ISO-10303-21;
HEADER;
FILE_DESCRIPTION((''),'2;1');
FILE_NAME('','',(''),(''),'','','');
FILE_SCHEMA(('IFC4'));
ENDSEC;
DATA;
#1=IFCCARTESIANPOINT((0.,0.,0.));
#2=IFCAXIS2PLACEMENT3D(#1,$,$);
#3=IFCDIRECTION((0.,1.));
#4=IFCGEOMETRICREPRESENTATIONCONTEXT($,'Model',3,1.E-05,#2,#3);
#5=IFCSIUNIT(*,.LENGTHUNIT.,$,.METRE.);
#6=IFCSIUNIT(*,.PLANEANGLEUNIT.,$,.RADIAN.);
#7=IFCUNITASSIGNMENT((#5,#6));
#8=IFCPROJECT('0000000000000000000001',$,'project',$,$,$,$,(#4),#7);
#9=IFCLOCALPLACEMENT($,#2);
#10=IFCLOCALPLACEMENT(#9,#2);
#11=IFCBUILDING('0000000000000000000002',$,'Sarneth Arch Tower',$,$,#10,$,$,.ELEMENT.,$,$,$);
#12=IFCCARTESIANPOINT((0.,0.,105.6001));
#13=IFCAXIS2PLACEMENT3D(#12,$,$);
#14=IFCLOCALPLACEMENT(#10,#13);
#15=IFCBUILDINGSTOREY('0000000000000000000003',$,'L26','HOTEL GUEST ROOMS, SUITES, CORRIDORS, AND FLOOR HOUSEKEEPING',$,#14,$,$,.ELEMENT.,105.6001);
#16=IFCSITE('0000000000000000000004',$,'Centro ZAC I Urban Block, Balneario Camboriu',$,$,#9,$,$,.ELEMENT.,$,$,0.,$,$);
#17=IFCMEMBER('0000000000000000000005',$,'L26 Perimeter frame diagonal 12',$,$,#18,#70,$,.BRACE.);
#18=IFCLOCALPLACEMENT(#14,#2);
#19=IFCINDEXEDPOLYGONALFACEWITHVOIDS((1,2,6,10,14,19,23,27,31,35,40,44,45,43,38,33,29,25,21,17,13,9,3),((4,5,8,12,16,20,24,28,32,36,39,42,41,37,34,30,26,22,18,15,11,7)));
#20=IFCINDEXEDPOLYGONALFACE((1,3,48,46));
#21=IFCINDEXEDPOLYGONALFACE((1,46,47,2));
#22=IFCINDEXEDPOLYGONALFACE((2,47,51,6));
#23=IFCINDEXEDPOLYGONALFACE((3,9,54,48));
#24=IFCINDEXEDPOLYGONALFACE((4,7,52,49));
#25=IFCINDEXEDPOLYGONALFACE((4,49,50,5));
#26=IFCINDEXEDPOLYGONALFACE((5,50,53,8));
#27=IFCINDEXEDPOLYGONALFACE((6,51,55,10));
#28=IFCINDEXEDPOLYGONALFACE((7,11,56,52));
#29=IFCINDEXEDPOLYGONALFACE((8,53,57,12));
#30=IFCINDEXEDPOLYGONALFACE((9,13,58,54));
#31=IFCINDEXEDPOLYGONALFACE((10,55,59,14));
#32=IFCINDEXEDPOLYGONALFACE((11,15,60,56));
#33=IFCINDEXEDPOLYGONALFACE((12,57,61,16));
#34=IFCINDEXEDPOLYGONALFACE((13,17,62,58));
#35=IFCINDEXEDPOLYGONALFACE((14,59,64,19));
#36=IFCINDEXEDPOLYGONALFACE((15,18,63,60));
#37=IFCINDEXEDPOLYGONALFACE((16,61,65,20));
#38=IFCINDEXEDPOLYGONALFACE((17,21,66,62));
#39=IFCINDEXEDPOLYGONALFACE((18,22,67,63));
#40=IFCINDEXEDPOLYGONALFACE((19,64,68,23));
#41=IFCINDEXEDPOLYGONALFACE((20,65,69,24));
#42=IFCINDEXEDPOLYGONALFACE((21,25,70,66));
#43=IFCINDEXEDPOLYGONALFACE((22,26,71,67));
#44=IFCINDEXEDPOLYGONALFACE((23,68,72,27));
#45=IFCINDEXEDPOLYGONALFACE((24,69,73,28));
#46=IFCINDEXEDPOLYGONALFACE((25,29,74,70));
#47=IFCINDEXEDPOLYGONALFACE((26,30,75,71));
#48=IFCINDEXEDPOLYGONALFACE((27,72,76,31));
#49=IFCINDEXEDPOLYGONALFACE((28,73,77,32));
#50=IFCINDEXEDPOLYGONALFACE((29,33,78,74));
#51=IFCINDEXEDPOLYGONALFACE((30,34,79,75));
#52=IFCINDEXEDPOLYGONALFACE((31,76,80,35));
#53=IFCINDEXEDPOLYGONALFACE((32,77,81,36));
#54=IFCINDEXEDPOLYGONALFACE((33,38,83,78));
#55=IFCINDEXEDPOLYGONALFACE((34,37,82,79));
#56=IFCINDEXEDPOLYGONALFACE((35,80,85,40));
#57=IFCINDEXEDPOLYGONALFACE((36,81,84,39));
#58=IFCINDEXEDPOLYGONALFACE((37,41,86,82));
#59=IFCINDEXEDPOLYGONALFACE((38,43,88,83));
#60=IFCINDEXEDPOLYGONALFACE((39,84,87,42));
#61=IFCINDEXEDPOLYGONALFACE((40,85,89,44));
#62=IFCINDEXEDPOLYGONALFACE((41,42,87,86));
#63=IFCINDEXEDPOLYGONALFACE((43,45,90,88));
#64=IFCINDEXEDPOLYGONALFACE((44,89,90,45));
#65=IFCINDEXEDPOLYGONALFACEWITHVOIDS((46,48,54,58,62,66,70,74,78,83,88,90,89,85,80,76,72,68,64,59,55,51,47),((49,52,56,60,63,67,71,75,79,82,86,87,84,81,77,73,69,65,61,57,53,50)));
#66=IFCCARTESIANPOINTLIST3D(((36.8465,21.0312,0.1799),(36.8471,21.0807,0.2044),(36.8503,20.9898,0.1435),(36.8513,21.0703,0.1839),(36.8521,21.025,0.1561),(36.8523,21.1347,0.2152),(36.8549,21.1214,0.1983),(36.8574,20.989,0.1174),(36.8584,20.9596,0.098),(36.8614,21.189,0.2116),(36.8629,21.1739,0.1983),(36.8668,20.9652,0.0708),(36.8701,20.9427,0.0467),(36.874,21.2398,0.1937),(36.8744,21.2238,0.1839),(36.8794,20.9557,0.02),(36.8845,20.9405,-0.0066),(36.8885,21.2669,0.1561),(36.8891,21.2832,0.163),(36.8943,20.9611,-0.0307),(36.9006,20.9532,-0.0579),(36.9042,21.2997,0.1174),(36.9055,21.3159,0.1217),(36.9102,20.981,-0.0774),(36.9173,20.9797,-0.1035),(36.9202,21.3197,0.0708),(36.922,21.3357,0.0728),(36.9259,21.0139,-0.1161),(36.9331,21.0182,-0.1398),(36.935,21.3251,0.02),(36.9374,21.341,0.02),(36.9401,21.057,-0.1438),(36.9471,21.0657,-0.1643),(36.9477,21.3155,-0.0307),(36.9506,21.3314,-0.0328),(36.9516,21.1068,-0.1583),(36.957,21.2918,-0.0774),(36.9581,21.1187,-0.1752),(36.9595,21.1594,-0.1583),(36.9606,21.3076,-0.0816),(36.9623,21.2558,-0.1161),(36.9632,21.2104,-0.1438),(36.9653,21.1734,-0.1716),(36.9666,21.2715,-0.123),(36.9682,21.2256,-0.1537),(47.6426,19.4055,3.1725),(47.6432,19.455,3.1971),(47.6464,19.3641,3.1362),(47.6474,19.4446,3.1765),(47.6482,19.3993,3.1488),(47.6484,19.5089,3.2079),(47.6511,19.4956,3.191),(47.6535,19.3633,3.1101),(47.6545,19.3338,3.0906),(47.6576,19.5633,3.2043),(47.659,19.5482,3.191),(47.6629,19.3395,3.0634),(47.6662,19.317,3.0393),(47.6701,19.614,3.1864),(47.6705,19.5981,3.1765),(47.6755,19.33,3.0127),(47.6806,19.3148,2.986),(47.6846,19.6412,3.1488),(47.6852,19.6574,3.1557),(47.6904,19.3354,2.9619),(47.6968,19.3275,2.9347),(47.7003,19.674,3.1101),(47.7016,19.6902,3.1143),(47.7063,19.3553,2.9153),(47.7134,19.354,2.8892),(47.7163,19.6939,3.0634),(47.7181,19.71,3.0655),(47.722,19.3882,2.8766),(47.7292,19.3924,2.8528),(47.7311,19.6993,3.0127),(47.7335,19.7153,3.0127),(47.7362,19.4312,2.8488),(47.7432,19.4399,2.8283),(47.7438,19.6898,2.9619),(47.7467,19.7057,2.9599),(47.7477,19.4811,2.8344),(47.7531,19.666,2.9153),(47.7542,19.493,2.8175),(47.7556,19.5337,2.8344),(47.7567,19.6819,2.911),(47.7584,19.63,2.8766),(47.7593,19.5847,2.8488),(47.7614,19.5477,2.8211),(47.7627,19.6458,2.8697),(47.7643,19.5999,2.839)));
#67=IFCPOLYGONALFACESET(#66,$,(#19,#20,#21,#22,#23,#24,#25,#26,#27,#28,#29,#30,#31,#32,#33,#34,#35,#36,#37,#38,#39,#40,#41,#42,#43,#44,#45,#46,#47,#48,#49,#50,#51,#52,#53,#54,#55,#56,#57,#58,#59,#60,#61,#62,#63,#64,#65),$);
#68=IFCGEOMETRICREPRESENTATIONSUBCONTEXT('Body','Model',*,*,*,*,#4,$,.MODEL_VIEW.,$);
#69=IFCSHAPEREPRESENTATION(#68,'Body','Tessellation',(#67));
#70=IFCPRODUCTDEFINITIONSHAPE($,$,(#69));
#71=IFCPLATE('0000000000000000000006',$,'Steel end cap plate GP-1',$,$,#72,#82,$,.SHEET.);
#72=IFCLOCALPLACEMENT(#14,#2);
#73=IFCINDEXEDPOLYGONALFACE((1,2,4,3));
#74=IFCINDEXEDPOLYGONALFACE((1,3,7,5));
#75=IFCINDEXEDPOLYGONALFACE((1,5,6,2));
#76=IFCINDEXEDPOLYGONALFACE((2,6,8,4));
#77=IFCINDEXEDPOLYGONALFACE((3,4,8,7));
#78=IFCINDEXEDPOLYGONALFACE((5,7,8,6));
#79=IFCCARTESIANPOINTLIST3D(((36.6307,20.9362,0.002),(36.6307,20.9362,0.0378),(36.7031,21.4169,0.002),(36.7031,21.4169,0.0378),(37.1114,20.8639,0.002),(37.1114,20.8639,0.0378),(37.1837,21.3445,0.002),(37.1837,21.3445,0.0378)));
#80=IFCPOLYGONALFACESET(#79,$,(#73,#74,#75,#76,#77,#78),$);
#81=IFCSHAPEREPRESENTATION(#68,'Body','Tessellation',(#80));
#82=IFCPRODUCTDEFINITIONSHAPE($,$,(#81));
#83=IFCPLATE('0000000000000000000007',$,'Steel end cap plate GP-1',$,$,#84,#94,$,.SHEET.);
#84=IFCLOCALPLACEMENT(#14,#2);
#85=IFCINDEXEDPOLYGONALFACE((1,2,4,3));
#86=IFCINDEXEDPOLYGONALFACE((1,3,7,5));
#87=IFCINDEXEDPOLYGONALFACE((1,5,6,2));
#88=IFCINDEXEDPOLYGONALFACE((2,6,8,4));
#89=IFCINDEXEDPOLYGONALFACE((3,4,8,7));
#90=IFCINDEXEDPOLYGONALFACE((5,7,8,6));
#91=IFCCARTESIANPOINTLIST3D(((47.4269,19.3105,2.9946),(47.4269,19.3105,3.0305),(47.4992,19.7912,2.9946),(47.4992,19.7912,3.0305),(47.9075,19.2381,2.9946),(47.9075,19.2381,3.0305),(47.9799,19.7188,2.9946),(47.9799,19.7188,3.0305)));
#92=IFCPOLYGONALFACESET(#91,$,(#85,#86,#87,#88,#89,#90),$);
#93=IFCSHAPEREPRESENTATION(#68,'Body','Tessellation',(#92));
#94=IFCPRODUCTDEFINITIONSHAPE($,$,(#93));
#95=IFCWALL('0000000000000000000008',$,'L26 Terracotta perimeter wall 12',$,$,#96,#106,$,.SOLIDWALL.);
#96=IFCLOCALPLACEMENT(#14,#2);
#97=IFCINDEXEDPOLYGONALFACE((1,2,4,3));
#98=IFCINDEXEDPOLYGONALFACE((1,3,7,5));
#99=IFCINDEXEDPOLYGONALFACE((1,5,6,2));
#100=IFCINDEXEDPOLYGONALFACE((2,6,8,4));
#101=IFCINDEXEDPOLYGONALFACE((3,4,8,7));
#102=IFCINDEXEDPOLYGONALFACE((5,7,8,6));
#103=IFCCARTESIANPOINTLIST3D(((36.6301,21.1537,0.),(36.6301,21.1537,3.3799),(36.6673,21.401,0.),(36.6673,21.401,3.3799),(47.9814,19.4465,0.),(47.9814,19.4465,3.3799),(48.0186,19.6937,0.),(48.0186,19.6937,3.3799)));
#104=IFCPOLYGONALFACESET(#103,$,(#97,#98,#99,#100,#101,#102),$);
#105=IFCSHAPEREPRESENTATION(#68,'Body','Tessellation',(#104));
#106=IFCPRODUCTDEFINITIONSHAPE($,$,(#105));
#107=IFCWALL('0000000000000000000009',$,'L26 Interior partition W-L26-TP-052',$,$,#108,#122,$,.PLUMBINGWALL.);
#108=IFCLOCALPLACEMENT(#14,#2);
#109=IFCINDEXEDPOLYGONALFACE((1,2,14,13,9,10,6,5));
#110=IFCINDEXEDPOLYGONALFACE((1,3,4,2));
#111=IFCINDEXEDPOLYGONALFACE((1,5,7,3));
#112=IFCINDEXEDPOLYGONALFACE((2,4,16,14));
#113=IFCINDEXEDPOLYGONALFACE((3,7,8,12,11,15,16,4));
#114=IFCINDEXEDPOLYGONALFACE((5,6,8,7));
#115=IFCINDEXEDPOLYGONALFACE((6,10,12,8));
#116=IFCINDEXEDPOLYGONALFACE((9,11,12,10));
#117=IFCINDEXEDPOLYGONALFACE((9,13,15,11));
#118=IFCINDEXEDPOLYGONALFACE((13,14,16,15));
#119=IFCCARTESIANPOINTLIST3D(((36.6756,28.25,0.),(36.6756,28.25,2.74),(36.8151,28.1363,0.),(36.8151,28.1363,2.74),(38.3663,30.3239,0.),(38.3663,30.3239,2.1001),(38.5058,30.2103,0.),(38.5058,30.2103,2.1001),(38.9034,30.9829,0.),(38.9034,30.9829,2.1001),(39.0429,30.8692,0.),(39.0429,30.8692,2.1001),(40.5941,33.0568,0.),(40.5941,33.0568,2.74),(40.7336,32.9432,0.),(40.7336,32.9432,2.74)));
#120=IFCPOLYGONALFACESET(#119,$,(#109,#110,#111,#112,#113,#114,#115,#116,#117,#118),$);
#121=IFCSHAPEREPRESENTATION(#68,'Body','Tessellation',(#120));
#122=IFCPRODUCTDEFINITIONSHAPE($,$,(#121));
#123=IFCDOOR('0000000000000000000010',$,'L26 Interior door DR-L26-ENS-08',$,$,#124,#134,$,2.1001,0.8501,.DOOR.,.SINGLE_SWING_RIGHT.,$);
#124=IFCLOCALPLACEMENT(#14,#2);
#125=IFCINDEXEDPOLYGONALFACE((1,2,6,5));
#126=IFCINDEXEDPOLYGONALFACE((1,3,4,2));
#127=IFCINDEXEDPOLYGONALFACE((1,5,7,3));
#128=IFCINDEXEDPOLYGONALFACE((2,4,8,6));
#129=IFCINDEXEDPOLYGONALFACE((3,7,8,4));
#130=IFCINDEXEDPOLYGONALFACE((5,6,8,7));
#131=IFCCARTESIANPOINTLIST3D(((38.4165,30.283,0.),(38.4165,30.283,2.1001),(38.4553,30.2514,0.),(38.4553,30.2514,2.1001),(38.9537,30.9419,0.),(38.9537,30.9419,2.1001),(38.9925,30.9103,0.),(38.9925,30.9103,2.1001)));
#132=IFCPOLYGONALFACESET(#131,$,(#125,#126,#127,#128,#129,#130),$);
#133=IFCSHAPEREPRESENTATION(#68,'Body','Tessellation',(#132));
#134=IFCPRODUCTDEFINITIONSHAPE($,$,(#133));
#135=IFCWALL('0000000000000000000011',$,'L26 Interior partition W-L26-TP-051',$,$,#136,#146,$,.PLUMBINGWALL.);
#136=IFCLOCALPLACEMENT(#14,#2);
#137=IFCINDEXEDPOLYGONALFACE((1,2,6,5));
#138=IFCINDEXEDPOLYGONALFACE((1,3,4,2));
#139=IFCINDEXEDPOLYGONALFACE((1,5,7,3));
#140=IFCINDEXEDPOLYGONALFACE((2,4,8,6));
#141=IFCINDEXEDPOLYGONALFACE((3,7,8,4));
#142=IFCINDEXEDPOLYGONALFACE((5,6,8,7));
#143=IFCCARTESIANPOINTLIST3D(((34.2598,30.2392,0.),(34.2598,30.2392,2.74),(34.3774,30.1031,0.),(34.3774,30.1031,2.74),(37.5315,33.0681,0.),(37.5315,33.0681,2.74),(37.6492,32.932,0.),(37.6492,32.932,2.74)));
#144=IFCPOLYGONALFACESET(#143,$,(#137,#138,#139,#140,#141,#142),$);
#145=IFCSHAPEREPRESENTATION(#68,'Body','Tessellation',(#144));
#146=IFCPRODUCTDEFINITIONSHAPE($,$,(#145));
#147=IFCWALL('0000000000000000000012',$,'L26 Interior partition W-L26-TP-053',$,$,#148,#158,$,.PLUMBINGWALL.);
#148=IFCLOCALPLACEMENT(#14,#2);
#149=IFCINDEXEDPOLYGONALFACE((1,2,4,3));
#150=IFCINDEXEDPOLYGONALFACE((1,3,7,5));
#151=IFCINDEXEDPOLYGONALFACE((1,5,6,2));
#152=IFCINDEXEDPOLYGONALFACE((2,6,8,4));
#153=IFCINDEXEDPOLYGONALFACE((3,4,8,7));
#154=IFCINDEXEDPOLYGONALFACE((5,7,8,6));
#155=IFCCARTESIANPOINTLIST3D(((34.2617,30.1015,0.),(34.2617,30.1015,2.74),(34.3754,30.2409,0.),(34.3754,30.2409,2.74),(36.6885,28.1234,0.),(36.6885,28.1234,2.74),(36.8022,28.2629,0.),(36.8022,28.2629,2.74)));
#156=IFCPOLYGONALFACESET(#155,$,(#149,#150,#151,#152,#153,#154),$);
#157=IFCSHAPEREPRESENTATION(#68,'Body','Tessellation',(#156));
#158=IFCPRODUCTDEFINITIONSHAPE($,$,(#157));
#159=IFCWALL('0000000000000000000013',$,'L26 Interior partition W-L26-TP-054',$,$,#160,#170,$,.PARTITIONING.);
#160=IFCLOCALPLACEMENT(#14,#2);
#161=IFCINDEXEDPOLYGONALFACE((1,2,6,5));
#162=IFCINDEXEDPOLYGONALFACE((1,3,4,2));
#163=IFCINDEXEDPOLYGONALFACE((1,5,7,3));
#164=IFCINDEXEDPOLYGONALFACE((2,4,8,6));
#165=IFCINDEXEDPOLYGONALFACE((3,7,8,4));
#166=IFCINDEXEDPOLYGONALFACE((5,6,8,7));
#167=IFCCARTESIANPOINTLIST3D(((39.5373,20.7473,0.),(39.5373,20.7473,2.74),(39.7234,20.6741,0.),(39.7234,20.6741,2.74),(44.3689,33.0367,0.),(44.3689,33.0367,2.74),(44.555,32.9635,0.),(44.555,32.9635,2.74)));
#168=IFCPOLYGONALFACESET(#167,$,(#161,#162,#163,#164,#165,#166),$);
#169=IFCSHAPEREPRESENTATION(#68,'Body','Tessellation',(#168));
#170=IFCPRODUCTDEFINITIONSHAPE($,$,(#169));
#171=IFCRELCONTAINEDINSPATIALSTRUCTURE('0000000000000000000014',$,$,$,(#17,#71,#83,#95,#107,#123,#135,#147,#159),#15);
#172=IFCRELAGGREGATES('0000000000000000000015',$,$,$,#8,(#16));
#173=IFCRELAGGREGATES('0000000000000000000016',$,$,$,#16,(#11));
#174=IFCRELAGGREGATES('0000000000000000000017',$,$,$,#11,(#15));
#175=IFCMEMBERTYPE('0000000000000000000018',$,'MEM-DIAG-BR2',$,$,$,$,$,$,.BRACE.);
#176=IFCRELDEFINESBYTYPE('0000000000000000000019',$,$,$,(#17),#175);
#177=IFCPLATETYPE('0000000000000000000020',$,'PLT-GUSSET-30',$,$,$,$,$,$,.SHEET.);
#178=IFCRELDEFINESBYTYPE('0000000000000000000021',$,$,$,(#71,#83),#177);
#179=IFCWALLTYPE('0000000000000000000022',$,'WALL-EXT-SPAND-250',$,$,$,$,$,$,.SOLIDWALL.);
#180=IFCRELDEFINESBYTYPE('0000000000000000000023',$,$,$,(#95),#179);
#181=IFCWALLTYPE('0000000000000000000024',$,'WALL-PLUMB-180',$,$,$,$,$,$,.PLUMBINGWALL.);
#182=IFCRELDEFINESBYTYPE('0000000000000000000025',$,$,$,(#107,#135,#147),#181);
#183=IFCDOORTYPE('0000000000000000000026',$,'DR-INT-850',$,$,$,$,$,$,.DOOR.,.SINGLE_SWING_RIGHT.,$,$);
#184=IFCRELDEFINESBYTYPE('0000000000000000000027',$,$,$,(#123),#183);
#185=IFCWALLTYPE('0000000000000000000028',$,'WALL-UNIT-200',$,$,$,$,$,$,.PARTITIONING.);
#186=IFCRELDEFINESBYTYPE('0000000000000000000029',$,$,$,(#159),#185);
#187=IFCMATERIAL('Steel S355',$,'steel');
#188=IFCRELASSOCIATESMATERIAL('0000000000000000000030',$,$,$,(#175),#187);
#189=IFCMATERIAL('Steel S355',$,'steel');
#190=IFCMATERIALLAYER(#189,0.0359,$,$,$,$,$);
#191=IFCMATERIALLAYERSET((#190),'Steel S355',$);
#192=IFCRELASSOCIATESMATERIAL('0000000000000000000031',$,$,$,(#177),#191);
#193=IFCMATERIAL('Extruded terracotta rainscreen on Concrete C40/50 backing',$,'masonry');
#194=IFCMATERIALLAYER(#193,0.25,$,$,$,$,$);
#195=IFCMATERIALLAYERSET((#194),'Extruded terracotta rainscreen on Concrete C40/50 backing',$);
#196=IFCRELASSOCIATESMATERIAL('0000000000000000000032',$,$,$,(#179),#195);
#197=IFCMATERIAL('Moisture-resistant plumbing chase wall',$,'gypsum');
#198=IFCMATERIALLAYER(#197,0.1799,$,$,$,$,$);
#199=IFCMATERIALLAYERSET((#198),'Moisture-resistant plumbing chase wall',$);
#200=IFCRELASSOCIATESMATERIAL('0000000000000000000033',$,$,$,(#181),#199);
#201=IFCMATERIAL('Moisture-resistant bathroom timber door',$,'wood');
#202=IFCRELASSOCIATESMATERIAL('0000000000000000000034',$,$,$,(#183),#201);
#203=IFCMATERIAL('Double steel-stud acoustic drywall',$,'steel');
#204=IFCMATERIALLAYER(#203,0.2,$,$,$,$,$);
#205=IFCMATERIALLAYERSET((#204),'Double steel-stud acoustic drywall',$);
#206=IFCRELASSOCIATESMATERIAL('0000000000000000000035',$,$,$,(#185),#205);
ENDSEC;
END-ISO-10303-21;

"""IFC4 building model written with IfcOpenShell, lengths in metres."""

from ifc_helpers import new_model, si_unit, direction, frame, frame_2d, origin, origin_2d, place, context, subcontext, project, spatial, rectangle, hollow_circle, extrude, material, layer, layer_set, material_profile, profile_set, type_object, element, fill, save


model = new_model("IFC4")

# Units and contexts
model_context = context("Model", 3, precision=1e-05, world=origin(), true_north=direction((0.0, 1.0)))
body_context = subcontext(model_context, "Body", "Model", "MODEL_VIEW")
ifc_project = project(units=[si_unit("LENGTHUNIT", "METRE"), si_unit("PLANEANGLEUNIT", "RADIAN")], contexts=[model_context])

# Site, building, storey
site_placement = place(None, origin())
site = spatial("IfcSite", under=ifc_project, at=site_placement, Name="Centro ZAC I Urban Block, Balneario Camboriu", CompositionType="ELEMENT", RefElevation=0.0)
building_placement = place(site_placement, origin())
building = spatial("IfcBuilding", under=site, at=building_placement, Name="Sarneth Arch Tower", CompositionType="ELEMENT")
storey_placement = place(building_placement, frame((0.0, 0.0, 105.6001)))
storey = spatial("IfcBuildingStorey", under=building, at=storey_placement, Name="L26", Description="HOTEL GUEST ROOMS, SUITES, CORRIDORS, AND FLOOR HOUSEKEEPING", CompositionType="ELEMENT", Elevation=105.6001)

# Member
ifc_material_1 = material(Name="Steel S355", Category="steel")
ifc_material_profile_1 = material_profile(ifc_material_1, hollow_circle(Radius=0.2029, WallThickness=0.0161, at=origin_2d()), Name="CHS406x16")
ifc_profile_set_1 = profile_set([ifc_material_profile_1], Name="Steel S355")
member_type_1 = type_object("IfcMemberType", Name="MEM-DIAG-BR2", PredefinedType="BRACE", material=ifc_profile_set_1)
member_1_placement = place(storey_placement, frame((36.9072, 21.1404, 0.02), z_axis=(0.953673, -0.143608, 0.264357), x_axis=(0.148906, 0.988851, 0.0)))
element("IfcMember", 1, at=member_1_placement, inside=storey, type_object=member_type_1, Name="L26 Perimeter frame diagonal 12", PredefinedType="BRACE", context=body_context, shape_type="SweptSolid", body=[
    extrude(hollow_circle(Radius=0.2029, WallThickness=0.0161, at=origin_2d()), origin(), (0.0, 0.0, 1.0), 11.3206),
])

# Plates
ifc_material_2 = material(Name="Steel S355", Category="steel")
ifc_layer_1 = layer(ifc_material_2, 0.0359)
ifc_layer_set_1 = layer_set([ifc_layer_1], Name="Steel S355")
plate_type = type_object("IfcPlateType", Name="PLT-GUSSET-30", PredefinedType="SHEET", material=ifc_layer_set_1)
for number, where, z_axis, x_axis, name in (
    (2, (36.9072, 21.1404, 0.002), (0.0, 0.0, 1.0), (0.988861, -0.148845, 0.0), "Steel end cap plate GP-1"),
    (3, (47.7034, 19.5146, 2.9946), (0.0, 0.0, 1.0), (0.988861, -0.148845, 0.0), "Steel end cap plate GP-1"),
):
    element("IfcPlate", number, at=place(storey_placement, frame(where, z_axis=z_axis, x_axis=x_axis)), inside=storey, type_object=plate_type, Name=name, PredefinedType="SHEET", context=body_context, shape_type="SweptSolid", body=[
        extrude(rectangle(XDim=0.4861, YDim=0.4861, at=origin_2d()), origin(), (0.0, 0.0, 1.0), 0.0359),
    ])

# Wall
ifc_material_3 = material(Name="Extruded terracotta rainscreen on Concrete C40/50 backing", Category="masonry")
ifc_layer_2 = layer(ifc_material_3, 0.25)
ifc_layer_set_2 = layer_set([ifc_layer_2], Name="Extruded terracotta rainscreen on Concrete C40/50 backing")
wall_type_1 = type_object("IfcWallType", Name="WALL-EXT-SPAND-250", PredefinedType="SOLIDWALL", material=ifc_layer_set_2)
wall_1_placement = place(storey_placement, frame((36.6487, 21.2773, 0.0), z_axis=(0.0, 0.0, 1.0), x_axis=(0.988878, -0.14873, 0.0)))
element("IfcWall", 4, at=wall_1_placement, inside=storey, type_object=wall_type_1, Name="L26 Terracotta perimeter wall 12", PredefinedType="SOLIDWALL", context=body_context, shape_type="SweptSolid", body=[
    extrude(rectangle(XDim=11.479, YDim=0.25, at=frame_2d((5.7395, 0.0))), origin(), (0.0, 0.0, 1.0), 3.3799),
])

# Wall, opening, door
ifc_material_4 = material(Name="Moisture-resistant plumbing chase wall", Category="gypsum")
ifc_layer_3 = layer(ifc_material_4, 0.1799)
ifc_layer_set_3 = layer_set([ifc_layer_3], Name="Moisture-resistant plumbing chase wall")
wall_type_2 = type_object("IfcWallType", Name="WALL-PLUMB-180", PredefinedType="PLUMBINGWALL", material=ifc_layer_set_3)
wall_2_placement = place(storey_placement, frame((40.6638, 33.0, 0.0), z_axis=(0.0, 0.0, 1.0), x_axis=(-0.631841, -0.775098, 0.0)))
wall_2 = element("IfcWall", 5, at=wall_2_placement, inside=storey, type_object=wall_type_2, Name="L26 Interior partition W-L26-TP-052", PredefinedType="PLUMBINGWALL", context=body_context, shape_type="SweptSolid", body=[
    extrude(rectangle(XDim=6.2017, YDim=0.1799, at=frame_2d((3.1008, 0.0))), origin(), (0.0, 0.0, 1.0), 2.74),
])
opening_1_placement = place(wall_2_placement, frame((2.6758, 0.0, 0.0)))
opening_1 = element("IfcOpeningElement", 6, at=opening_1_placement, cuts=wall_2, PredefinedType="OPENING", context=body_context, shape_type="SweptSolid", body=[
    extrude(rectangle(XDim=0.8501, YDim=2.1001, at=frame_2d((0.425, 1.05))), frame((0.0, 0.0999, 0.0), z_axis=(0.0, -1.0, 0.0), x_axis=(1.0, 0.0, 0.0)), (0.0, 0.0, 1.0), 0.2),
])
ifc_material_5 = material(Name="Moisture-resistant bathroom timber door", Category="wood")
door_type_1 = type_object("IfcDoorType", Name="DR-INT-850", OperationType="SINGLE_SWING_RIGHT", PredefinedType="DOOR", material=ifc_material_5)
door_1_placement = place(opening_1_placement, origin())
door_1 = element("IfcDoor", 7, at=door_1_placement, inside=storey, type_object=door_type_1, Name="L26 Interior door DR-L26-ENS-08", OperationType="SINGLE_SWING_RIGHT", OverallHeight=2.1001, OverallWidth=0.8501, PredefinedType="DOOR", context=body_context, shape_type="SweptSolid", body=[
    extrude(rectangle(XDim=0.8501, YDim=2.1001, at=frame_2d((0.425, 1.05))), frame((0.0, 0.0249, 0.0), z_axis=(0.0, -1.0, 0.0), x_axis=(1.0, 0.0, 0.0)), (0.0, 0.0, 1.0), 0.05),
])
fill(opening_1, door_1)

# Walls
wall_3_placement = place(storey_placement, frame((34.3186, 30.1711, 0.0), z_axis=(0.0, 0.0, 1.0), x_axis=(0.756448, 0.654053, 0.0)))
element("IfcWall", 8, at=wall_3_placement, inside=storey, type_object=wall_type_2, Name="L26 Interior partition W-L26-TP-051", PredefinedType="PLUMBINGWALL", context=body_context, shape_type="SweptSolid", body=[
    extrude(rectangle(XDim=4.3252, YDim=0.1799, at=frame_2d((2.1626, 0.0))), origin(), (0.0, 0.0, 1.0), 2.74),
])
wall_4_placement = place(storey_placement, frame((36.7454, 28.1931, 0.0), z_axis=(0.0, 0.0, 1.0), x_axis=(-0.77513, 0.631801, 0.0)))
element("IfcWall", 9, at=wall_4_placement, inside=storey, type_object=wall_type_2, Name="L26 Interior partition W-L26-TP-053", PredefinedType="PLUMBINGWALL", context=body_context, shape_type="SweptSolid", body=[
    extrude(rectangle(XDim=3.1309, YDim=0.1799, at=frame_2d((1.5654, 0.0))), origin(), (0.0, 0.0, 1.0), 2.74),
])
ifc_material_6 = material(Name="Double steel-stud acoustic drywall", Category="steel")
ifc_layer_4 = layer(ifc_material_6, 0.2)
ifc_layer_set_4 = layer_set([ifc_layer_4], Name="Double steel-stud acoustic drywall")
wall_type_3 = type_object("IfcWallType", Name="WALL-UNIT-200", PredefinedType="PARTITIONING", material=ifc_layer_set_4)
wall_5_placement = place(storey_placement, frame((39.6304, 20.7107, 0.0), z_axis=(0.0, 0.0, 1.0), x_axis=(0.365889, 0.930659, 0.0)))
element("IfcWall", 10, at=wall_5_placement, inside=storey, type_object=wall_type_3, Name="L26 Interior partition W-L26-TP-054", PredefinedType="PARTITIONING", context=body_context, shape_type="SweptSolid", body=[
    extrude(rectangle(XDim=13.2051, YDim=0.2, at=frame_2d((6.6025, 0.0))), origin(), (0.0, 0.0, 1.0), 2.74),
])

save(model, "model.ifc")
